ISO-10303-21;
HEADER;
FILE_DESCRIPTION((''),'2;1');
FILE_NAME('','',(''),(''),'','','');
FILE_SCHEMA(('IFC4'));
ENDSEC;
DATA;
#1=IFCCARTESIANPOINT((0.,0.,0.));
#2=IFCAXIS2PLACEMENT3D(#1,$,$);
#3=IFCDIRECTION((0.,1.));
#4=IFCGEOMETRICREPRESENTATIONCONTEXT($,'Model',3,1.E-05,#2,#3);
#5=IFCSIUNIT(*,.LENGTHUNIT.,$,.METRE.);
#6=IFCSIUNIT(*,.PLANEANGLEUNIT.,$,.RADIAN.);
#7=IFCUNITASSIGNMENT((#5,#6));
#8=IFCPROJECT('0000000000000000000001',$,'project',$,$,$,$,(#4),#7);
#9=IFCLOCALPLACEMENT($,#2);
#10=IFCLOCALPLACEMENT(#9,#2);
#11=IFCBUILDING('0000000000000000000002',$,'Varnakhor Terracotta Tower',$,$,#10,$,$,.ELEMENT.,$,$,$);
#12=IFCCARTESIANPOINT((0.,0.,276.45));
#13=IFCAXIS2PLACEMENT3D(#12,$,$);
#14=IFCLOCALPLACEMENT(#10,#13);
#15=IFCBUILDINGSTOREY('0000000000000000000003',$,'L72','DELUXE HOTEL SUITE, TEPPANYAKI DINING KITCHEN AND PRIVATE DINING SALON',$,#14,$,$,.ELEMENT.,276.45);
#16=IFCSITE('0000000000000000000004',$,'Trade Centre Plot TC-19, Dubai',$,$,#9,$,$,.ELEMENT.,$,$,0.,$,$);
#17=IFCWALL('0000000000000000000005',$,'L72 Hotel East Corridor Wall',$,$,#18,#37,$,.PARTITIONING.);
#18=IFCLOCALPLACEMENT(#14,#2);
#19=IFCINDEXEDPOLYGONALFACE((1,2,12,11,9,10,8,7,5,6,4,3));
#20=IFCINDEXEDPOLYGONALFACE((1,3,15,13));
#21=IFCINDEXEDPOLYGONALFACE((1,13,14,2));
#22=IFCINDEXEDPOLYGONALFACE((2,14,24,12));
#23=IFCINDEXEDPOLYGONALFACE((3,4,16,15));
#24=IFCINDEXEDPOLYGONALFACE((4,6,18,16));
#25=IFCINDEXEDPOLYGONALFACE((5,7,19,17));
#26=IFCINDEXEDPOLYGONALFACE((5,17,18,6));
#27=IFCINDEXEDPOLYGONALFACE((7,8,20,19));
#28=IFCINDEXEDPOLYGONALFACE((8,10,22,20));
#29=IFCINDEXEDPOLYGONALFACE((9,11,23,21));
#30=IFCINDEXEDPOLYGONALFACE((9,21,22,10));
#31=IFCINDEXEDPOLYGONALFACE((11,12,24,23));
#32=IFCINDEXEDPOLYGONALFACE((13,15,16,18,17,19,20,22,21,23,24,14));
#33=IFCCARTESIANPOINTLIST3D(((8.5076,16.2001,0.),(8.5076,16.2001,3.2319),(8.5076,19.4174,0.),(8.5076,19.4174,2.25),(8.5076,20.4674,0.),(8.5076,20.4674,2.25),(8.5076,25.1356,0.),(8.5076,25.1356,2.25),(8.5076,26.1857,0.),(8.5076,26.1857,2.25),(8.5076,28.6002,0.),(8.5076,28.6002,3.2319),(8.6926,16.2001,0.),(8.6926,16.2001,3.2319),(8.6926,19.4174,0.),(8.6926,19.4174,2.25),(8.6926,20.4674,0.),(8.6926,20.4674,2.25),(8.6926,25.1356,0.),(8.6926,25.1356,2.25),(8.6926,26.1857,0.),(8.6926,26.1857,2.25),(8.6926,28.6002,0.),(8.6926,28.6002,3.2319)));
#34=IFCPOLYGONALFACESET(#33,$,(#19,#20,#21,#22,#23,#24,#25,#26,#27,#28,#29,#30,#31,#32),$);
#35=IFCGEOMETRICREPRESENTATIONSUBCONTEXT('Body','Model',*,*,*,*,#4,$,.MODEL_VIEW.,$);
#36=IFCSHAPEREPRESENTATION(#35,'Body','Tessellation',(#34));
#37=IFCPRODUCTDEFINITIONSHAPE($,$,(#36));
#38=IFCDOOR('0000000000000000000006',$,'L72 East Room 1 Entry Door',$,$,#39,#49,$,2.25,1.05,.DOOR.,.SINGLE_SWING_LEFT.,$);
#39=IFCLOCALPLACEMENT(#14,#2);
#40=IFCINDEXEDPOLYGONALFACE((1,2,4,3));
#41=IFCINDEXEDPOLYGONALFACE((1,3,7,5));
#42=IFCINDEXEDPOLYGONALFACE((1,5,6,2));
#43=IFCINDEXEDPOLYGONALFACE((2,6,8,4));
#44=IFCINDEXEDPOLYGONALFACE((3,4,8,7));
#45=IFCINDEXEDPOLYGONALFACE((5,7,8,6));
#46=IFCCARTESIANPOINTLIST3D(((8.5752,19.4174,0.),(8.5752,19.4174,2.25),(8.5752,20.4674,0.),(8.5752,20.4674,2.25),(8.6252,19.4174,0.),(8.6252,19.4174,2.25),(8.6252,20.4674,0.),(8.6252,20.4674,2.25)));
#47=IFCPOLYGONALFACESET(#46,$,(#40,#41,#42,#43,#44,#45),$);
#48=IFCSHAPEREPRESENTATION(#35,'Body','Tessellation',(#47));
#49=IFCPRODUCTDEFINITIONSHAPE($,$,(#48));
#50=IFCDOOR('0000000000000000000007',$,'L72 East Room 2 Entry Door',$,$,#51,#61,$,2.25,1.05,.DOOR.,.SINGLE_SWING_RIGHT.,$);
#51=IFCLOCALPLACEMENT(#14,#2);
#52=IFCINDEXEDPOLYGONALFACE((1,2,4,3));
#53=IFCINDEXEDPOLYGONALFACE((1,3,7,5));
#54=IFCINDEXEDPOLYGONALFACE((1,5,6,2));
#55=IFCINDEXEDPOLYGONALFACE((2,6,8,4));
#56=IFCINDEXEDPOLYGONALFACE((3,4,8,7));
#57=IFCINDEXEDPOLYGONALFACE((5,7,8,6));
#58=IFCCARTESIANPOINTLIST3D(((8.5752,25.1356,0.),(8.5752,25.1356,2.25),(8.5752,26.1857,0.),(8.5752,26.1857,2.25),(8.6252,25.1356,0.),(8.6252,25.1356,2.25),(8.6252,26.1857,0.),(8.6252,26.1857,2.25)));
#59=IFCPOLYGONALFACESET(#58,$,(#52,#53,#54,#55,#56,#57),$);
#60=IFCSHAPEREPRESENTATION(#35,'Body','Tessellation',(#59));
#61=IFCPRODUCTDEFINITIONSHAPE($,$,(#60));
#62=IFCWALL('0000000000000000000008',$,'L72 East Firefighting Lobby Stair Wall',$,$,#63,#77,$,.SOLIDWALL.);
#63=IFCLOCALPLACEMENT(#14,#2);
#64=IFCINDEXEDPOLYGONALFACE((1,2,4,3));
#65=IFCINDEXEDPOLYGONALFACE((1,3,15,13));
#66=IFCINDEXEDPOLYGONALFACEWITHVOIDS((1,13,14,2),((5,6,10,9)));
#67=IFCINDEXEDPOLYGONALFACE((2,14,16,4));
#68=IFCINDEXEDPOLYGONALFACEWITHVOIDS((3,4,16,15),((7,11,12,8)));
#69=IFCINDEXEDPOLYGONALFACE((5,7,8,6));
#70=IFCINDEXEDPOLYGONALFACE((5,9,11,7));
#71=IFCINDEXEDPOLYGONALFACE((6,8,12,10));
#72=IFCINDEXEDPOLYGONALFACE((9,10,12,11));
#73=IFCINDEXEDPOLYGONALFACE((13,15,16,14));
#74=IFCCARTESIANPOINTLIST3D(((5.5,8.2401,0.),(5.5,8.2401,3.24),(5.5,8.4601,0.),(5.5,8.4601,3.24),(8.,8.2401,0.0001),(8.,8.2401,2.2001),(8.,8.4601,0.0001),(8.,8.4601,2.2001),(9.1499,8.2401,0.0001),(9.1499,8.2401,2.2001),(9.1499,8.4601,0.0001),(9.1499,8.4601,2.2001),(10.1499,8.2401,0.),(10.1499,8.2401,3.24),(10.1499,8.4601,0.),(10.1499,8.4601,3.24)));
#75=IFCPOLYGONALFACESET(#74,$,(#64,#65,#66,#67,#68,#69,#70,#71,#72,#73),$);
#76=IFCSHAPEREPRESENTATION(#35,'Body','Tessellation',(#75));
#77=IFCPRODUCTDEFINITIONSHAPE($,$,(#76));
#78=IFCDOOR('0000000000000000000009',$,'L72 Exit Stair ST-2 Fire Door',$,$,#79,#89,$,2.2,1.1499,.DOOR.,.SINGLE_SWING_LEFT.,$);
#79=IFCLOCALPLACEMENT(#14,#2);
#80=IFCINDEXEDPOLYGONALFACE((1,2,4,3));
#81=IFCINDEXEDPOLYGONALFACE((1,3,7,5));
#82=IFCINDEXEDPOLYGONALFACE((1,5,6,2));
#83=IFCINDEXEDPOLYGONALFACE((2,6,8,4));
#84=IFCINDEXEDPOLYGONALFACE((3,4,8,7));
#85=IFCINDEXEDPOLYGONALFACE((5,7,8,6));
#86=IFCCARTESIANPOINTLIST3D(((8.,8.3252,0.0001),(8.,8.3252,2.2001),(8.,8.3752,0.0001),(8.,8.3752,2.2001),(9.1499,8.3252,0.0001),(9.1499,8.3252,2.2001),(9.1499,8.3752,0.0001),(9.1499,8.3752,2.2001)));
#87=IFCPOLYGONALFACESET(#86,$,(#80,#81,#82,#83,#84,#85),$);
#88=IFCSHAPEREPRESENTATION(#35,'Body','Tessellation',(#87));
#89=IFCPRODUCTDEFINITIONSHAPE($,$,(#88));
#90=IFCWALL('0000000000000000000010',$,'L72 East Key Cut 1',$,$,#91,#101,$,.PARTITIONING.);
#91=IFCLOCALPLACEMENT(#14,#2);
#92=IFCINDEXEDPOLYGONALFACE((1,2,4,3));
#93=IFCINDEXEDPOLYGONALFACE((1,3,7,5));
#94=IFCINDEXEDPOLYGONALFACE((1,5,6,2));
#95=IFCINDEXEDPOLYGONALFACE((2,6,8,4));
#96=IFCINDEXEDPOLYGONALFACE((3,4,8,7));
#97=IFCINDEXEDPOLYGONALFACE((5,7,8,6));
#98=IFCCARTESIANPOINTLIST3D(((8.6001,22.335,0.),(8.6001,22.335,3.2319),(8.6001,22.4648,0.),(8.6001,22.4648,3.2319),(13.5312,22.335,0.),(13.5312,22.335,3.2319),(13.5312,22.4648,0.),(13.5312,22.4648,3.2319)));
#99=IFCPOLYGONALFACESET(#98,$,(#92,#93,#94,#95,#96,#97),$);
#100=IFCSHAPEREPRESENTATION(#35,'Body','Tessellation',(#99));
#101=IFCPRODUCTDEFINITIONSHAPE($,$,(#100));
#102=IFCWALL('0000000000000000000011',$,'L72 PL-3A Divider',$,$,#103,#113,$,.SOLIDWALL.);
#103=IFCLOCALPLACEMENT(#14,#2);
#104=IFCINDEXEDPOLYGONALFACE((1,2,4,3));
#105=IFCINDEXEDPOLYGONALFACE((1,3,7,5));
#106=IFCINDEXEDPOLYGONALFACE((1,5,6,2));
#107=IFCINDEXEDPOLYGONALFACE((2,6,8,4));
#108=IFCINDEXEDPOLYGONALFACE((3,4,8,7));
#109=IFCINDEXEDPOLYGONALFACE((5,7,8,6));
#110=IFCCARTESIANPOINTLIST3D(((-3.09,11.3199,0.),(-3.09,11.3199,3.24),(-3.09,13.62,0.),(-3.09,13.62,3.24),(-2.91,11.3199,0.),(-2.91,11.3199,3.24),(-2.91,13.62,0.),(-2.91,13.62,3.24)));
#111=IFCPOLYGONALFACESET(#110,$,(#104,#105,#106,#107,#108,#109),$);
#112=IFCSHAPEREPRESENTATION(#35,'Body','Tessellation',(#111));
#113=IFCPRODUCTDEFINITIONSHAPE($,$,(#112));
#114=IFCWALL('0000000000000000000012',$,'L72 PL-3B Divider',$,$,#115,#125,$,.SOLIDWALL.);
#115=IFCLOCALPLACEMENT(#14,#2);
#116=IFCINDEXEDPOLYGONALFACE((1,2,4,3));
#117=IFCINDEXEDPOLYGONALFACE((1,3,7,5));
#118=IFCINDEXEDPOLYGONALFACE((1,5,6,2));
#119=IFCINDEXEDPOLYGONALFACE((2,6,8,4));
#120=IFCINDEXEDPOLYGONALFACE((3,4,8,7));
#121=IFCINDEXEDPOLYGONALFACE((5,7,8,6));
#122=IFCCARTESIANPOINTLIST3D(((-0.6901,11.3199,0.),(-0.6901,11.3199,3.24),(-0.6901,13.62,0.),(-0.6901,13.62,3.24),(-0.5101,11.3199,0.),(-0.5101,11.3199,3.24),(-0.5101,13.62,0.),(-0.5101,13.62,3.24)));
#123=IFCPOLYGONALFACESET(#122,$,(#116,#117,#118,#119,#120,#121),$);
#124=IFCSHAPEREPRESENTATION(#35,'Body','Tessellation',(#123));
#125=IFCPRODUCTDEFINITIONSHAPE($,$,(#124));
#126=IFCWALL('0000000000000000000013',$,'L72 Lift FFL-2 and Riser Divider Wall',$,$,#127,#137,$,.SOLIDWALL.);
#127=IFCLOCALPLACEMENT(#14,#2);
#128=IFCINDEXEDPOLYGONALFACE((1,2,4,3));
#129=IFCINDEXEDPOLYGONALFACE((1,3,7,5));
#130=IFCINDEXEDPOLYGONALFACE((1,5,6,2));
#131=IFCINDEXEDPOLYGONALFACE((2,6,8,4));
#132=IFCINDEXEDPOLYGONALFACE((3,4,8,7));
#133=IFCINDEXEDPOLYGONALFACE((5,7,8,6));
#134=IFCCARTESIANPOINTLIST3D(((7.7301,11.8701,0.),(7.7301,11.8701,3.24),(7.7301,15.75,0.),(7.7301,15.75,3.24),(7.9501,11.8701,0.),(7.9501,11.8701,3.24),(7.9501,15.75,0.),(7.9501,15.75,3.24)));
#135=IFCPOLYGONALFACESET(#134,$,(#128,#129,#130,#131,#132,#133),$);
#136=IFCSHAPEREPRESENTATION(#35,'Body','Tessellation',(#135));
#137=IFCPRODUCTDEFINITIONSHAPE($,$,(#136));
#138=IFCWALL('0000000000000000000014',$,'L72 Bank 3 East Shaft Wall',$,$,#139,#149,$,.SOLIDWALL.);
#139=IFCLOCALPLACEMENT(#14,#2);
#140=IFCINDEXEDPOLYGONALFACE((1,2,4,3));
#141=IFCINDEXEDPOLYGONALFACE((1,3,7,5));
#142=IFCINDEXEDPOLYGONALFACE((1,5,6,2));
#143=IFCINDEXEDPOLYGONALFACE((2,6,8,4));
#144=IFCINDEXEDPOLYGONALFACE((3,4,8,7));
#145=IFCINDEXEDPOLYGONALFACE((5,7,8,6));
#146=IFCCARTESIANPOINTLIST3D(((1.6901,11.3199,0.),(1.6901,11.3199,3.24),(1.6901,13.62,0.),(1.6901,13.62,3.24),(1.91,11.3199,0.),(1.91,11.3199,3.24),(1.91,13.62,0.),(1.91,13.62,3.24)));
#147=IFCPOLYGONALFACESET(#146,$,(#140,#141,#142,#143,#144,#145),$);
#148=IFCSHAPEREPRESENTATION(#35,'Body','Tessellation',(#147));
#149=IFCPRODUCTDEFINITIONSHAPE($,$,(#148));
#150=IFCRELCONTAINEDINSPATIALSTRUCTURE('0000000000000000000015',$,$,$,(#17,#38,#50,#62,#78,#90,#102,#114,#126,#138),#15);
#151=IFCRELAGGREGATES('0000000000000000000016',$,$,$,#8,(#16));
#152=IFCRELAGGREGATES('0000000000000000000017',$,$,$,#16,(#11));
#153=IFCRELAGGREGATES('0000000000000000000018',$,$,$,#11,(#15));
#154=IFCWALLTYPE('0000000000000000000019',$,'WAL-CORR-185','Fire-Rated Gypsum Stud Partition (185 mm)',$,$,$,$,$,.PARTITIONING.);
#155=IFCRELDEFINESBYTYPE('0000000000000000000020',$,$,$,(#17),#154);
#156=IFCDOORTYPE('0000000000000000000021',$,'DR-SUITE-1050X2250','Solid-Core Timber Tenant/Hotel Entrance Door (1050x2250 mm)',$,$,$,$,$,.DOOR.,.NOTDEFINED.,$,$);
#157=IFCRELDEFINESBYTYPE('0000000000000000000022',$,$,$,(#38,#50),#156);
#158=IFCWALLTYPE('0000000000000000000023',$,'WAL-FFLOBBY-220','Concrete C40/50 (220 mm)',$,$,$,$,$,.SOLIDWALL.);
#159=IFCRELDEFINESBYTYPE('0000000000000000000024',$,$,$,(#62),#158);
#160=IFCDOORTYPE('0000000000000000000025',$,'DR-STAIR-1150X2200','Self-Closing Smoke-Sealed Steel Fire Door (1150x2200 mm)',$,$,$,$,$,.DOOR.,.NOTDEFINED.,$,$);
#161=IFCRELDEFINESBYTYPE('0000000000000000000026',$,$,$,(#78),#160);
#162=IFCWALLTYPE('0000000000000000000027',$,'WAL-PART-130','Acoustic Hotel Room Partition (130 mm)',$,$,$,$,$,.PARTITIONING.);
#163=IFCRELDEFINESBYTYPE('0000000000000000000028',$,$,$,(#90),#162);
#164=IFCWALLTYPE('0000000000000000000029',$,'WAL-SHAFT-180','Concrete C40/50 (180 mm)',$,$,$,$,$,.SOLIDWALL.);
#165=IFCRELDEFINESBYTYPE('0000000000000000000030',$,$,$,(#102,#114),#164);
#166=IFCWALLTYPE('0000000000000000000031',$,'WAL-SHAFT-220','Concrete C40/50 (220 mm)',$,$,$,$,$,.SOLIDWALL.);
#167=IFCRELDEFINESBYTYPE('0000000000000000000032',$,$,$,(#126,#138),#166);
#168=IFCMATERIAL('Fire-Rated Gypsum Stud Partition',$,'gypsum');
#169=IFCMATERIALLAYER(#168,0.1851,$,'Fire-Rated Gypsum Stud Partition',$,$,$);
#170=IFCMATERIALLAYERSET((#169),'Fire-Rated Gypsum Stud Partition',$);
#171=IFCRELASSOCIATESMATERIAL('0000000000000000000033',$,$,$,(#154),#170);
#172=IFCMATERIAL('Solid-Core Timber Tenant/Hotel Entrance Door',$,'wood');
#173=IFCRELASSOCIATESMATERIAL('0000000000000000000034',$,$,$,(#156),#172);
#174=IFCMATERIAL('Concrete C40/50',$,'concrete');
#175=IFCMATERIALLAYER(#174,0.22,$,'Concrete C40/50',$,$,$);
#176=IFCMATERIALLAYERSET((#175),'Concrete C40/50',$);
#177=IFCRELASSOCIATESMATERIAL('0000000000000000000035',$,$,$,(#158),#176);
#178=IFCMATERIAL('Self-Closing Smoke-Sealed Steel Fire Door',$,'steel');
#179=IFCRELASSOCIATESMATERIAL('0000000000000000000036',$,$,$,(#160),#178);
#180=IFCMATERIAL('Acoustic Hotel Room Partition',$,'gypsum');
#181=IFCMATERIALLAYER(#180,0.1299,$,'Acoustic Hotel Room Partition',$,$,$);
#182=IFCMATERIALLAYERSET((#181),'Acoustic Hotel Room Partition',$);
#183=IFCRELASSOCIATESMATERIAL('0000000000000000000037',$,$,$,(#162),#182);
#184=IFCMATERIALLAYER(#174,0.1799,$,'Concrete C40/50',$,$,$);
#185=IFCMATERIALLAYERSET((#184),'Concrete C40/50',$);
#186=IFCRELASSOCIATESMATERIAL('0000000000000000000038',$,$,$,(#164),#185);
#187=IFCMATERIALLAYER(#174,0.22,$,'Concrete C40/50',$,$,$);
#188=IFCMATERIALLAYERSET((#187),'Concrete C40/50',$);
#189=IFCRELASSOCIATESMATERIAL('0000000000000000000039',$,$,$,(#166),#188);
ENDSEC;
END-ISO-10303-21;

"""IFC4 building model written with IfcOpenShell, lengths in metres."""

from ifc_helpers import new_model, si_unit, direction, frame, frame_2d, origin, place, context, subcontext, project, spatial, rectangle, extrude, source, transform, mapped, material, layer, layer_set, type_object, type_shapes, element, fill, save


model = new_model("IFC4")

# Units and contexts
model_context = context("Model", 3, precision=1e-05, world=origin(), true_north=direction((0.0, 1.0)))
body_context = subcontext(model_context, "Body", "Model", "MODEL_VIEW")
ifc_project = project(units=[si_unit("LENGTHUNIT", "METRE"), si_unit("PLANEANGLEUNIT", "RADIAN")], contexts=[model_context])

# Site, building, storey
site_placement = place(None, origin())
site = spatial("IfcSite", under=ifc_project, at=site_placement, Name="Trade Centre Plot TC-19, Dubai", CompositionType="ELEMENT", RefElevation=0.0)
building_placement = place(site_placement, origin())
building = spatial("IfcBuilding", under=site, at=building_placement, Name="Varnakhor Terracotta Tower", CompositionType="ELEMENT")
storey_placement = place(building_placement, frame((0.0, 0.0, 276.45)))
storey = spatial("IfcBuildingStorey", under=building, at=storey_placement, Name="L72", Description="DELUXE HOTEL SUITE, TEPPANYAKI DINING KITCHEN AND PRIVATE DINING SALON", CompositionType="ELEMENT", Elevation=276.45)

# Shared definitions
ifc_material_1 = material(Name="Fire-Rated Gypsum Stud Partition", Category="gypsum")
ifc_layer_1 = layer(ifc_material_1, 0.1851, Name="Fire-Rated Gypsum Stud Partition")
ifc_layer_set_1 = layer_set([ifc_layer_1], Name="Fire-Rated Gypsum Stud Partition")
wall_type_1 = type_object("IfcWallType", Name="WAL-CORR-185", Description="Fire-Rated Gypsum Stud Partition (185 mm)", PredefinedType="PARTITIONING", material=ifc_layer_set_1)

# Wall, openings, doors
wall_1_placement = place(storey_placement, frame((8.6001, 16.2, 0.0), z_axis=(0.0, 0.0, 1.0), x_axis=(0.0, 1.0, 0.0)))
wall_1 = element("IfcWall", 1, at=wall_1_placement, inside=storey, type_object=wall_type_1, Name="L72 Hotel East Corridor Wall", PredefinedType="PARTITIONING", context=body_context, shape_type="SweptSolid", body=[
    extrude(rectangle(XDim=12.4001, YDim=0.1851, at=frame_2d((6.2002, 0.0))), origin(), (0.0, 0.0, 1.0), 3.2319),
])
opening_1_placement = place(wall_1_placement, frame((3.2175, 0.0, 0.0)))
opening_1 = element("IfcOpeningElement", 2, at=opening_1_placement, cuts=wall_1, PredefinedType="OPENING", context=body_context, shape_type="SweptSolid", body=[
    extrude(rectangle(XDim=1.05, YDim=2.25, at=frame_2d((0.5249, 1.125))), frame((0.0, 0.1025, 0.0), z_axis=(0.0, -1.0, 0.0), x_axis=(1.0, 0.0, 0.0)), (0.0, 0.0, 1.0), 0.2051),
])
opening_2_placement = place(wall_1_placement, frame((8.9358, 0.0, 0.0)))
opening_2 = element("IfcOpeningElement", 3, at=opening_2_placement, cuts=wall_1, PredefinedType="OPENING", context=body_context, shape_type="SweptSolid", body=[
    extrude(rectangle(XDim=1.05, YDim=2.25, at=frame_2d((0.5249, 1.125))), frame((0.0, 0.1025, 0.0), z_axis=(0.0, -1.0, 0.0), x_axis=(1.0, 0.0, 0.0)), (0.0, 0.0, 1.0), 0.2051),
])
ifc_material_2 = material(Name="Solid-Core Timber Tenant/Hotel Entrance Door", Category="wood")
door_type_1 = type_object("IfcDoorType", Name="DR-SUITE-1050X2250", Description="Solid-Core Timber Tenant/Hotel Entrance Door (1050x2250 mm)", OperationType="NOTDEFINED", PredefinedType="DOOR", material=ifc_material_2)
shared_shape_1 = source(origin(), body_context, "Body", "SweptSolid", [
    extrude(rectangle(XDim=1.05, YDim=2.25, at=frame_2d((0.5249, 1.125))), frame((0.0, 0.0249, 0.0), z_axis=(0.0, -1.0, 0.0), x_axis=(1.0, 0.0, 0.0)), (0.0, 0.0, 1.0), 0.05),
])
type_shapes(door_type_1, [shared_shape_1])
door_1_placement = place(opening_1_placement, origin())
door_1 = element("IfcDoor", 4, at=door_1_placement, inside=storey, type_object=door_type_1, Name="L72 East Room 1 Entry Door", OperationType="SINGLE_SWING_LEFT", OverallHeight=2.25, OverallWidth=1.05, PredefinedType="DOOR", context=body_context, shape_type="MappedRepresentation", body=[
    mapped(shared_shape_1, transform((0.0, 0.0, 0.0), scale=1.0)),
])
fill(opening_1, door_1)
door_2_placement = place(opening_2_placement, origin())
door_2 = element("IfcDoor", 5, at=door_2_placement, inside=storey, type_object=door_type_1, Name="L72 East Room 2 Entry Door", OperationType="SINGLE_SWING_RIGHT", OverallHeight=2.25, OverallWidth=1.05, PredefinedType="DOOR", context=body_context, shape_type="MappedRepresentation", body=[
    mapped(shared_shape_1, transform((0.0, 0.0, 0.0), scale=1.0)),
])
fill(opening_2, door_2)

# Wall, opening, door
ifc_material_3 = material(Name="Concrete C40/50", Category="concrete")
ifc_layer_2 = layer(ifc_material_3, 0.22, Name="Concrete C40/50")
ifc_layer_set_2 = layer_set([ifc_layer_2], Name="Concrete C40/50")
wall_type_2 = type_object("IfcWallType", Name="WAL-FFLOBBY-220", Description="Concrete C40/50 (220 mm)", PredefinedType="SOLIDWALL", material=ifc_layer_set_2)
wall_2_placement = place(storey_placement, frame((10.1499, 8.3501, 0.0), z_axis=(0.0, 0.0, 1.0), x_axis=(-1.0, 0.0, 0.0)))
wall_2 = element("IfcWall", 6, at=wall_2_placement, inside=storey, type_object=wall_type_2, Name="L72 East Firefighting Lobby Stair Wall", PredefinedType="SOLIDWALL", context=body_context, shape_type="SweptSolid", body=[
    extrude(rectangle(XDim=4.6499, YDim=0.22, at=frame_2d((2.325, 0.0))), origin(), (0.0, 0.0, 1.0), 3.24),
])
opening_3_placement = place(wall_2_placement, frame((1.0, 0.0, 0.0)))
opening_3 = element("IfcOpeningElement", 7, at=opening_3_placement, cuts=wall_2, PredefinedType="OPENING", context=body_context, shape_type="SweptSolid", body=[
    extrude(rectangle(XDim=1.1499, YDim=2.2, at=frame_2d((0.575, 1.1001))), frame((0.0, 0.1201, 0.0), z_axis=(0.0, -1.0, 0.0), x_axis=(1.0, 0.0, 0.0)), (0.0, 0.0, 1.0), 0.24),
])
ifc_material_4 = material(Name="Self-Closing Smoke-Sealed Steel Fire Door", Category="steel")
door_type_2 = type_object("IfcDoorType", Name="DR-STAIR-1150X2200", Description="Self-Closing Smoke-Sealed Steel Fire Door (1150x2200 mm)", OperationType="NOTDEFINED", PredefinedType="DOOR", material=ifc_material_4)
shared_shape_2 = source(origin(), body_context, "Body", "SweptSolid", [
    extrude(rectangle(XDim=1.1499, YDim=2.2, at=frame_2d((0.575, 1.1001))), frame((0.0, 0.0249, 0.0), z_axis=(0.0, -1.0, 0.0), x_axis=(1.0, 0.0, 0.0)), (0.0, 0.0, 1.0), 0.05),
])
type_shapes(door_type_2, [shared_shape_2])
door_3_placement = place(opening_3_placement, origin())
door_3 = element("IfcDoor", 8, at=door_3_placement, inside=storey, type_object=door_type_2, Name="L72 Exit Stair ST-2 Fire Door", OperationType="SINGLE_SWING_LEFT", OverallHeight=2.2, OverallWidth=1.1499, PredefinedType="DOOR", context=body_context, shape_type="MappedRepresentation", body=[
    mapped(shared_shape_2, transform((0.0, 0.0, 0.0), scale=1.0)),
])
fill(opening_3, door_3)

# Walls
ifc_material_5 = material(Name="Acoustic Hotel Room Partition", Category="gypsum")
ifc_layer_3 = layer(ifc_material_5, 0.1299, Name="Acoustic Hotel Room Partition")
ifc_layer_set_3 = layer_set([ifc_layer_3], Name="Acoustic Hotel Room Partition")
wall_type_3 = type_object("IfcWallType", Name="WAL-PART-130", Description="Acoustic Hotel Room Partition (130 mm)", PredefinedType="PARTITIONING", material=ifc_layer_set_3)
wall_3_placement = place(storey_placement, frame((8.6001, 22.3999, 0.0), z_axis=(0.0, 0.0, 1.0), x_axis=(1.0, 0.0, 0.0)))
element("IfcWall", 9, at=wall_3_placement, inside=storey, type_object=wall_type_3, Name="L72 East Key Cut 1", PredefinedType="PARTITIONING", context=body_context, shape_type="SweptSolid", body=[
    extrude(rectangle(XDim=4.9312, YDim=0.1299, at=frame_2d((2.4656, 0.0))), origin(), (0.0, 0.0, 1.0), 3.2319),
])
ifc_layer_4 = layer(ifc_material_3, 0.1799, Name="Concrete C40/50")
ifc_layer_set_4 = layer_set([ifc_layer_4], Name="Concrete C40/50")
wall_type_4 = type_object("IfcWallType", Name="WAL-SHAFT-180", Description="Concrete C40/50 (180 mm)", PredefinedType="SOLIDWALL", material=ifc_layer_set_4)
for number, where, z_axis, x_axis, name in (
    (10, (-3.0, 11.3201, 0.0), (0.0, 0.0, 1.0), (0.0, 1.0, 0.0), "L72 PL-3A Divider"),
    (11, (-0.6001, 11.3201, 0.0), (0.0, 0.0, 1.0), (0.0, 1.0, 0.0), "L72 PL-3B Divider"),
):
    element("IfcWall", number, at=place(storey_placement, frame(where, z_axis=z_axis, x_axis=x_axis)), inside=storey, type_object=wall_type_4, Name=name, PredefinedType="SOLIDWALL", context=body_context, shape_type="SweptSolid", body=[
        extrude(rectangle(XDim=2.3, YDim=0.1799, at=frame_2d((1.1499, 0.0))), origin(), (0.0, 0.0, 1.0), 3.24),
    ])
ifc_layer_5 = layer(ifc_material_3, 0.22, Name="Concrete C40/50")
ifc_layer_set_5 = layer_set([ifc_layer_5], Name="Concrete C40/50")
wall_type_5 = type_object("IfcWallType", Name="WAL-SHAFT-220", Description="Concrete C40/50 (220 mm)", PredefinedType="SOLIDWALL", material=ifc_layer_set_5)
wall_4_placement = place(storey_placement, frame((7.8401, 11.8701, 0.0), z_axis=(0.0, 0.0, 1.0), x_axis=(0.0, 1.0, 0.0)))
element("IfcWall", 12, at=wall_4_placement, inside=storey, type_object=wall_type_5, Name="L72 Lift FFL-2 and Riser Divider Wall", PredefinedType="SOLIDWALL", context=body_context, shape_type="SweptSolid", body=[
    extrude(rectangle(XDim=3.8799, YDim=0.22, at=frame_2d((1.9399, 0.0))), origin(), (0.0, 0.0, 1.0), 3.24),
])
wall_5_placement = place(storey_placement, frame((1.8, 11.3201, 0.0), z_axis=(0.0, 0.0, 1.0), x_axis=(0.0, 1.0, 0.0)))
element("IfcWall", 13, at=wall_5_placement, inside=storey, type_object=wall_type_5, Name="L72 Bank 3 East Shaft Wall", PredefinedType="SOLIDWALL", context=body_context, shape_type="SweptSolid", body=[
    extrude(rectangle(XDim=2.3, YDim=0.22, at=frame_2d((1.1499, 0.0))), origin(), (0.0, 0.0, 1.0), 3.24),
])

save(model, "model.ifc")
